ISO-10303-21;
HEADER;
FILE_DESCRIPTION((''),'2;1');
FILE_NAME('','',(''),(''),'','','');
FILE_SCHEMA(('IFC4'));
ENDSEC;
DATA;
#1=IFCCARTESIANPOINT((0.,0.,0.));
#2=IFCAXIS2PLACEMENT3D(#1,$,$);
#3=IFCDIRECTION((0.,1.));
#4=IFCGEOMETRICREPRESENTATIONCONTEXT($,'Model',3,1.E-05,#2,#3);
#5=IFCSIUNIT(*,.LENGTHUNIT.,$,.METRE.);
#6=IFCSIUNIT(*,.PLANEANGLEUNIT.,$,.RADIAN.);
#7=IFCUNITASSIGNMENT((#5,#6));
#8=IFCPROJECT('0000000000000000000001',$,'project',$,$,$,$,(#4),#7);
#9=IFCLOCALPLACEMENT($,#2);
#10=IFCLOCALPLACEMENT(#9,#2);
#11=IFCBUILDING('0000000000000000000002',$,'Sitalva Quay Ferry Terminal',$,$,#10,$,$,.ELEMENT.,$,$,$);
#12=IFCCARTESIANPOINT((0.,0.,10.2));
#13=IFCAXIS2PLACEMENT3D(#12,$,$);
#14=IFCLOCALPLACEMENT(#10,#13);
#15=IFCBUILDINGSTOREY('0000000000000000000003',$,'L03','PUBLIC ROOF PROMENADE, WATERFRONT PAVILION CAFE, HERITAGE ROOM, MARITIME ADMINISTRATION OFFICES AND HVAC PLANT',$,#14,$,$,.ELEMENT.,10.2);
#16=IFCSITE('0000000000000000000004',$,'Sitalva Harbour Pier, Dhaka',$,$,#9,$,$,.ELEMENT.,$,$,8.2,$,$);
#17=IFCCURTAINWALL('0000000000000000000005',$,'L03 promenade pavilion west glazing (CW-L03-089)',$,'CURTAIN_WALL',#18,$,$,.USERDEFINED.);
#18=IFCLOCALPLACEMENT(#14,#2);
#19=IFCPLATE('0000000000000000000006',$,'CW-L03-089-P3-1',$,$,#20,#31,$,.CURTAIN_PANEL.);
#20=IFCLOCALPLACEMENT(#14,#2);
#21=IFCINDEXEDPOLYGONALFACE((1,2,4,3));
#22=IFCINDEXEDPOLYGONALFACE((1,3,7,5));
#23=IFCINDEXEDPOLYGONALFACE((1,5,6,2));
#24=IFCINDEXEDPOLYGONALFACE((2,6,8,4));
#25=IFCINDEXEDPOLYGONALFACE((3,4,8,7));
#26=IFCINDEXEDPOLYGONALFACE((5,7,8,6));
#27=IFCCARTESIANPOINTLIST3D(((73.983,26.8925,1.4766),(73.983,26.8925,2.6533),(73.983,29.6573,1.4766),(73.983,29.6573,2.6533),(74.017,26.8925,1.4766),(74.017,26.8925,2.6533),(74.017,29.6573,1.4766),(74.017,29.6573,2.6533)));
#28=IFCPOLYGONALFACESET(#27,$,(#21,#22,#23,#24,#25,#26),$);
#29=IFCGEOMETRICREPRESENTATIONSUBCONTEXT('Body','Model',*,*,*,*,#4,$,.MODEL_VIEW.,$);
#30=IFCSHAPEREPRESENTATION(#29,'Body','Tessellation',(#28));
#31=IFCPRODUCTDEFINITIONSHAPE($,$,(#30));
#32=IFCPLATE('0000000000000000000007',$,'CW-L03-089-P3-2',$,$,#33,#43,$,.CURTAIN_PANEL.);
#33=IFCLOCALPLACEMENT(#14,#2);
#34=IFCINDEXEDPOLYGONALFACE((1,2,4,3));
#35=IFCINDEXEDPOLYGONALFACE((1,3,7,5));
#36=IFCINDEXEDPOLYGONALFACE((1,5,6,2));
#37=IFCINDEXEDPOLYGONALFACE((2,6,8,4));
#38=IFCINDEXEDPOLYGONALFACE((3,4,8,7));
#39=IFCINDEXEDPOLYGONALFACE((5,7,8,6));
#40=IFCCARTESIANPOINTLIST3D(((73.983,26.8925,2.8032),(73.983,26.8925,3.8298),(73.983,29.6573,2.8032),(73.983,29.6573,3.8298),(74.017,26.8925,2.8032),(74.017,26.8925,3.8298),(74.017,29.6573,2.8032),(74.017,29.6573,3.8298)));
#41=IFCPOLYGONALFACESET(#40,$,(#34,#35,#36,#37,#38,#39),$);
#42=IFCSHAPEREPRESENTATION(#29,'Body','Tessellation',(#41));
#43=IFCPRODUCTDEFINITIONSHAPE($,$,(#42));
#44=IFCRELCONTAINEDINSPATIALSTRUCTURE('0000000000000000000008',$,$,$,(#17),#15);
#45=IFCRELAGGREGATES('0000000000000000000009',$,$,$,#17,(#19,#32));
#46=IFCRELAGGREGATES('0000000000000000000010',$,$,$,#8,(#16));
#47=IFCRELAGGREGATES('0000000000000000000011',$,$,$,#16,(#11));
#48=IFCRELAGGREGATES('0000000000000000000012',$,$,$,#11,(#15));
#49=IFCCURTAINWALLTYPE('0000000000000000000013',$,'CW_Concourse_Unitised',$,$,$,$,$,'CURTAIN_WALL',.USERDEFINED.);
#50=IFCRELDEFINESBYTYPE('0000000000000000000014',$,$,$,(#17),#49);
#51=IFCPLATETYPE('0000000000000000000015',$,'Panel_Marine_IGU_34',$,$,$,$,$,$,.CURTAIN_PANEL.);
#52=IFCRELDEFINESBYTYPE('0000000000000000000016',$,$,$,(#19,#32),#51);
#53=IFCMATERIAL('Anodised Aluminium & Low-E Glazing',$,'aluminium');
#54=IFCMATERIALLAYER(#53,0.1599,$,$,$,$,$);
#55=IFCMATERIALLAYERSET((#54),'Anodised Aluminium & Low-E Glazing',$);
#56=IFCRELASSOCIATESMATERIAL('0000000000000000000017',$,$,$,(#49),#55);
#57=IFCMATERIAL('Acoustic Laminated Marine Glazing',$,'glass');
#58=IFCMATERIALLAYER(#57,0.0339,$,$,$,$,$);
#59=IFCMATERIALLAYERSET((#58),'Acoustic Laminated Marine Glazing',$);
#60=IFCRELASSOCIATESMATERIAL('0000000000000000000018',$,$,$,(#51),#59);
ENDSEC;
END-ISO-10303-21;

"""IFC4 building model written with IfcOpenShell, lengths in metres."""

from ifc_helpers import new_model, si_unit, direction, frame, origin, origin_2d, place, context, subcontext, project, spatial, rectangle, extrude, material, layer, layer_set, type_object, element, aggregate, save


model = new_model("IFC4")

# Units and contexts
model_context = context("Model", 3, precision=1e-05, world=origin(), true_north=direction((0.0, 1.0)))
body_context = subcontext(model_context, "Body", "Model", "MODEL_VIEW")
ifc_project = project(units=[si_unit("LENGTHUNIT", "METRE"), si_unit("PLANEANGLEUNIT", "RADIAN")], contexts=[model_context])

# Site, building, storey
site_placement = place(None, origin())
site = spatial("IfcSite", under=ifc_project, at=site_placement, Name="Sitalva Harbour Pier, Dhaka", CompositionType="ELEMENT", RefElevation=8.2)
building_placement = place(site_placement, origin())
building = spatial("IfcBuilding", under=site, at=building_placement, Name="Sitalva Quay Ferry Terminal", CompositionType="ELEMENT")
storey_placement = place(building_placement, frame((0.0, 0.0, 10.2)))
storey = spatial("IfcBuildingStorey", under=building, at=storey_placement, Name="L03", Description="PUBLIC ROOF PROMENADE, WATERFRONT PAVILION CAFE, HERITAGE ROOM, MARITIME ADMINISTRATION OFFICES AND HVAC PLANT", CompositionType="ELEMENT", Elevation=10.2)

# Shared definitions
ifc_material_1 = material(Name="Anodised Aluminium & Low-E Glazing", Category="aluminium")
ifc_layer_1 = layer(ifc_material_1, 0.1599)
ifc_layer_set_1 = layer_set([ifc_layer_1], Name="Anodised Aluminium & Low-E Glazing")
curtain_wall_type = type_object("IfcCurtainWallType", Name="CW_Concourse_Unitised", ElementType="CURTAIN_WALL", PredefinedType="USERDEFINED", material=ifc_layer_set_1)

# Curtain wall
curtain_wall_1_placement = place(storey_placement, origin())
curtain_wall_1 = element("IfcCurtainWall", 1, at=curtain_wall_1_placement, inside=storey, type_object=curtain_wall_type, Name="L03 promenade pavilion west glazing (CW-L03-089)", ObjectType="CURTAIN_WALL", PredefinedType="USERDEFINED")

# Plates
ifc_material_2 = material(Name="Acoustic Laminated Marine Glazing", Category="glass")
ifc_layer_2 = layer(ifc_material_2, 0.0339)
ifc_layer_set_2 = layer_set([ifc_layer_2], Name="Acoustic Laminated Marine Glazing")
plate_type = type_object("IfcPlateType", Name="Panel_Marine_IGU_34", PredefinedType="CURTAIN_PANEL", material=ifc_layer_set_2)
plate_1_placement = place(storey_placement, frame((74.0, 28.2749, 1.4766), z_axis=(0.0, 0.0, 1.0), x_axis=(0.0, 1.0, 0.0)))
plate_1 = element("IfcPlate", 2, at=plate_1_placement, type_object=plate_type, Name="CW-L03-089-P3-1", PredefinedType="CURTAIN_PANEL", context=body_context, shape_type="SweptSolid", body=[
    extrude(rectangle(XDim=2.7649, YDim=0.0339, at=origin_2d()), origin(), (0.0, 0.0, 1.0), 1.1768),
])
plate_2_placement = place(storey_placement, frame((74.0, 28.2749, 2.8032), z_axis=(0.0, 0.0, 1.0), x_axis=(0.0, 1.0, 0.0)))
plate_2 = element("IfcPlate", 3, at=plate_2_placement, type_object=plate_type, Name="CW-L03-089-P3-2", PredefinedType="CURTAIN_PANEL", context=body_context, shape_type="SweptSolid", body=[
    extrude(rectangle(XDim=2.7649, YDim=0.0339, at=origin_2d()), origin(), (0.0, 0.0, 1.0), 1.0266),
])
aggregate(curtain_wall_1, [plate_1, plate_2])

save(model, "model.ifc")
